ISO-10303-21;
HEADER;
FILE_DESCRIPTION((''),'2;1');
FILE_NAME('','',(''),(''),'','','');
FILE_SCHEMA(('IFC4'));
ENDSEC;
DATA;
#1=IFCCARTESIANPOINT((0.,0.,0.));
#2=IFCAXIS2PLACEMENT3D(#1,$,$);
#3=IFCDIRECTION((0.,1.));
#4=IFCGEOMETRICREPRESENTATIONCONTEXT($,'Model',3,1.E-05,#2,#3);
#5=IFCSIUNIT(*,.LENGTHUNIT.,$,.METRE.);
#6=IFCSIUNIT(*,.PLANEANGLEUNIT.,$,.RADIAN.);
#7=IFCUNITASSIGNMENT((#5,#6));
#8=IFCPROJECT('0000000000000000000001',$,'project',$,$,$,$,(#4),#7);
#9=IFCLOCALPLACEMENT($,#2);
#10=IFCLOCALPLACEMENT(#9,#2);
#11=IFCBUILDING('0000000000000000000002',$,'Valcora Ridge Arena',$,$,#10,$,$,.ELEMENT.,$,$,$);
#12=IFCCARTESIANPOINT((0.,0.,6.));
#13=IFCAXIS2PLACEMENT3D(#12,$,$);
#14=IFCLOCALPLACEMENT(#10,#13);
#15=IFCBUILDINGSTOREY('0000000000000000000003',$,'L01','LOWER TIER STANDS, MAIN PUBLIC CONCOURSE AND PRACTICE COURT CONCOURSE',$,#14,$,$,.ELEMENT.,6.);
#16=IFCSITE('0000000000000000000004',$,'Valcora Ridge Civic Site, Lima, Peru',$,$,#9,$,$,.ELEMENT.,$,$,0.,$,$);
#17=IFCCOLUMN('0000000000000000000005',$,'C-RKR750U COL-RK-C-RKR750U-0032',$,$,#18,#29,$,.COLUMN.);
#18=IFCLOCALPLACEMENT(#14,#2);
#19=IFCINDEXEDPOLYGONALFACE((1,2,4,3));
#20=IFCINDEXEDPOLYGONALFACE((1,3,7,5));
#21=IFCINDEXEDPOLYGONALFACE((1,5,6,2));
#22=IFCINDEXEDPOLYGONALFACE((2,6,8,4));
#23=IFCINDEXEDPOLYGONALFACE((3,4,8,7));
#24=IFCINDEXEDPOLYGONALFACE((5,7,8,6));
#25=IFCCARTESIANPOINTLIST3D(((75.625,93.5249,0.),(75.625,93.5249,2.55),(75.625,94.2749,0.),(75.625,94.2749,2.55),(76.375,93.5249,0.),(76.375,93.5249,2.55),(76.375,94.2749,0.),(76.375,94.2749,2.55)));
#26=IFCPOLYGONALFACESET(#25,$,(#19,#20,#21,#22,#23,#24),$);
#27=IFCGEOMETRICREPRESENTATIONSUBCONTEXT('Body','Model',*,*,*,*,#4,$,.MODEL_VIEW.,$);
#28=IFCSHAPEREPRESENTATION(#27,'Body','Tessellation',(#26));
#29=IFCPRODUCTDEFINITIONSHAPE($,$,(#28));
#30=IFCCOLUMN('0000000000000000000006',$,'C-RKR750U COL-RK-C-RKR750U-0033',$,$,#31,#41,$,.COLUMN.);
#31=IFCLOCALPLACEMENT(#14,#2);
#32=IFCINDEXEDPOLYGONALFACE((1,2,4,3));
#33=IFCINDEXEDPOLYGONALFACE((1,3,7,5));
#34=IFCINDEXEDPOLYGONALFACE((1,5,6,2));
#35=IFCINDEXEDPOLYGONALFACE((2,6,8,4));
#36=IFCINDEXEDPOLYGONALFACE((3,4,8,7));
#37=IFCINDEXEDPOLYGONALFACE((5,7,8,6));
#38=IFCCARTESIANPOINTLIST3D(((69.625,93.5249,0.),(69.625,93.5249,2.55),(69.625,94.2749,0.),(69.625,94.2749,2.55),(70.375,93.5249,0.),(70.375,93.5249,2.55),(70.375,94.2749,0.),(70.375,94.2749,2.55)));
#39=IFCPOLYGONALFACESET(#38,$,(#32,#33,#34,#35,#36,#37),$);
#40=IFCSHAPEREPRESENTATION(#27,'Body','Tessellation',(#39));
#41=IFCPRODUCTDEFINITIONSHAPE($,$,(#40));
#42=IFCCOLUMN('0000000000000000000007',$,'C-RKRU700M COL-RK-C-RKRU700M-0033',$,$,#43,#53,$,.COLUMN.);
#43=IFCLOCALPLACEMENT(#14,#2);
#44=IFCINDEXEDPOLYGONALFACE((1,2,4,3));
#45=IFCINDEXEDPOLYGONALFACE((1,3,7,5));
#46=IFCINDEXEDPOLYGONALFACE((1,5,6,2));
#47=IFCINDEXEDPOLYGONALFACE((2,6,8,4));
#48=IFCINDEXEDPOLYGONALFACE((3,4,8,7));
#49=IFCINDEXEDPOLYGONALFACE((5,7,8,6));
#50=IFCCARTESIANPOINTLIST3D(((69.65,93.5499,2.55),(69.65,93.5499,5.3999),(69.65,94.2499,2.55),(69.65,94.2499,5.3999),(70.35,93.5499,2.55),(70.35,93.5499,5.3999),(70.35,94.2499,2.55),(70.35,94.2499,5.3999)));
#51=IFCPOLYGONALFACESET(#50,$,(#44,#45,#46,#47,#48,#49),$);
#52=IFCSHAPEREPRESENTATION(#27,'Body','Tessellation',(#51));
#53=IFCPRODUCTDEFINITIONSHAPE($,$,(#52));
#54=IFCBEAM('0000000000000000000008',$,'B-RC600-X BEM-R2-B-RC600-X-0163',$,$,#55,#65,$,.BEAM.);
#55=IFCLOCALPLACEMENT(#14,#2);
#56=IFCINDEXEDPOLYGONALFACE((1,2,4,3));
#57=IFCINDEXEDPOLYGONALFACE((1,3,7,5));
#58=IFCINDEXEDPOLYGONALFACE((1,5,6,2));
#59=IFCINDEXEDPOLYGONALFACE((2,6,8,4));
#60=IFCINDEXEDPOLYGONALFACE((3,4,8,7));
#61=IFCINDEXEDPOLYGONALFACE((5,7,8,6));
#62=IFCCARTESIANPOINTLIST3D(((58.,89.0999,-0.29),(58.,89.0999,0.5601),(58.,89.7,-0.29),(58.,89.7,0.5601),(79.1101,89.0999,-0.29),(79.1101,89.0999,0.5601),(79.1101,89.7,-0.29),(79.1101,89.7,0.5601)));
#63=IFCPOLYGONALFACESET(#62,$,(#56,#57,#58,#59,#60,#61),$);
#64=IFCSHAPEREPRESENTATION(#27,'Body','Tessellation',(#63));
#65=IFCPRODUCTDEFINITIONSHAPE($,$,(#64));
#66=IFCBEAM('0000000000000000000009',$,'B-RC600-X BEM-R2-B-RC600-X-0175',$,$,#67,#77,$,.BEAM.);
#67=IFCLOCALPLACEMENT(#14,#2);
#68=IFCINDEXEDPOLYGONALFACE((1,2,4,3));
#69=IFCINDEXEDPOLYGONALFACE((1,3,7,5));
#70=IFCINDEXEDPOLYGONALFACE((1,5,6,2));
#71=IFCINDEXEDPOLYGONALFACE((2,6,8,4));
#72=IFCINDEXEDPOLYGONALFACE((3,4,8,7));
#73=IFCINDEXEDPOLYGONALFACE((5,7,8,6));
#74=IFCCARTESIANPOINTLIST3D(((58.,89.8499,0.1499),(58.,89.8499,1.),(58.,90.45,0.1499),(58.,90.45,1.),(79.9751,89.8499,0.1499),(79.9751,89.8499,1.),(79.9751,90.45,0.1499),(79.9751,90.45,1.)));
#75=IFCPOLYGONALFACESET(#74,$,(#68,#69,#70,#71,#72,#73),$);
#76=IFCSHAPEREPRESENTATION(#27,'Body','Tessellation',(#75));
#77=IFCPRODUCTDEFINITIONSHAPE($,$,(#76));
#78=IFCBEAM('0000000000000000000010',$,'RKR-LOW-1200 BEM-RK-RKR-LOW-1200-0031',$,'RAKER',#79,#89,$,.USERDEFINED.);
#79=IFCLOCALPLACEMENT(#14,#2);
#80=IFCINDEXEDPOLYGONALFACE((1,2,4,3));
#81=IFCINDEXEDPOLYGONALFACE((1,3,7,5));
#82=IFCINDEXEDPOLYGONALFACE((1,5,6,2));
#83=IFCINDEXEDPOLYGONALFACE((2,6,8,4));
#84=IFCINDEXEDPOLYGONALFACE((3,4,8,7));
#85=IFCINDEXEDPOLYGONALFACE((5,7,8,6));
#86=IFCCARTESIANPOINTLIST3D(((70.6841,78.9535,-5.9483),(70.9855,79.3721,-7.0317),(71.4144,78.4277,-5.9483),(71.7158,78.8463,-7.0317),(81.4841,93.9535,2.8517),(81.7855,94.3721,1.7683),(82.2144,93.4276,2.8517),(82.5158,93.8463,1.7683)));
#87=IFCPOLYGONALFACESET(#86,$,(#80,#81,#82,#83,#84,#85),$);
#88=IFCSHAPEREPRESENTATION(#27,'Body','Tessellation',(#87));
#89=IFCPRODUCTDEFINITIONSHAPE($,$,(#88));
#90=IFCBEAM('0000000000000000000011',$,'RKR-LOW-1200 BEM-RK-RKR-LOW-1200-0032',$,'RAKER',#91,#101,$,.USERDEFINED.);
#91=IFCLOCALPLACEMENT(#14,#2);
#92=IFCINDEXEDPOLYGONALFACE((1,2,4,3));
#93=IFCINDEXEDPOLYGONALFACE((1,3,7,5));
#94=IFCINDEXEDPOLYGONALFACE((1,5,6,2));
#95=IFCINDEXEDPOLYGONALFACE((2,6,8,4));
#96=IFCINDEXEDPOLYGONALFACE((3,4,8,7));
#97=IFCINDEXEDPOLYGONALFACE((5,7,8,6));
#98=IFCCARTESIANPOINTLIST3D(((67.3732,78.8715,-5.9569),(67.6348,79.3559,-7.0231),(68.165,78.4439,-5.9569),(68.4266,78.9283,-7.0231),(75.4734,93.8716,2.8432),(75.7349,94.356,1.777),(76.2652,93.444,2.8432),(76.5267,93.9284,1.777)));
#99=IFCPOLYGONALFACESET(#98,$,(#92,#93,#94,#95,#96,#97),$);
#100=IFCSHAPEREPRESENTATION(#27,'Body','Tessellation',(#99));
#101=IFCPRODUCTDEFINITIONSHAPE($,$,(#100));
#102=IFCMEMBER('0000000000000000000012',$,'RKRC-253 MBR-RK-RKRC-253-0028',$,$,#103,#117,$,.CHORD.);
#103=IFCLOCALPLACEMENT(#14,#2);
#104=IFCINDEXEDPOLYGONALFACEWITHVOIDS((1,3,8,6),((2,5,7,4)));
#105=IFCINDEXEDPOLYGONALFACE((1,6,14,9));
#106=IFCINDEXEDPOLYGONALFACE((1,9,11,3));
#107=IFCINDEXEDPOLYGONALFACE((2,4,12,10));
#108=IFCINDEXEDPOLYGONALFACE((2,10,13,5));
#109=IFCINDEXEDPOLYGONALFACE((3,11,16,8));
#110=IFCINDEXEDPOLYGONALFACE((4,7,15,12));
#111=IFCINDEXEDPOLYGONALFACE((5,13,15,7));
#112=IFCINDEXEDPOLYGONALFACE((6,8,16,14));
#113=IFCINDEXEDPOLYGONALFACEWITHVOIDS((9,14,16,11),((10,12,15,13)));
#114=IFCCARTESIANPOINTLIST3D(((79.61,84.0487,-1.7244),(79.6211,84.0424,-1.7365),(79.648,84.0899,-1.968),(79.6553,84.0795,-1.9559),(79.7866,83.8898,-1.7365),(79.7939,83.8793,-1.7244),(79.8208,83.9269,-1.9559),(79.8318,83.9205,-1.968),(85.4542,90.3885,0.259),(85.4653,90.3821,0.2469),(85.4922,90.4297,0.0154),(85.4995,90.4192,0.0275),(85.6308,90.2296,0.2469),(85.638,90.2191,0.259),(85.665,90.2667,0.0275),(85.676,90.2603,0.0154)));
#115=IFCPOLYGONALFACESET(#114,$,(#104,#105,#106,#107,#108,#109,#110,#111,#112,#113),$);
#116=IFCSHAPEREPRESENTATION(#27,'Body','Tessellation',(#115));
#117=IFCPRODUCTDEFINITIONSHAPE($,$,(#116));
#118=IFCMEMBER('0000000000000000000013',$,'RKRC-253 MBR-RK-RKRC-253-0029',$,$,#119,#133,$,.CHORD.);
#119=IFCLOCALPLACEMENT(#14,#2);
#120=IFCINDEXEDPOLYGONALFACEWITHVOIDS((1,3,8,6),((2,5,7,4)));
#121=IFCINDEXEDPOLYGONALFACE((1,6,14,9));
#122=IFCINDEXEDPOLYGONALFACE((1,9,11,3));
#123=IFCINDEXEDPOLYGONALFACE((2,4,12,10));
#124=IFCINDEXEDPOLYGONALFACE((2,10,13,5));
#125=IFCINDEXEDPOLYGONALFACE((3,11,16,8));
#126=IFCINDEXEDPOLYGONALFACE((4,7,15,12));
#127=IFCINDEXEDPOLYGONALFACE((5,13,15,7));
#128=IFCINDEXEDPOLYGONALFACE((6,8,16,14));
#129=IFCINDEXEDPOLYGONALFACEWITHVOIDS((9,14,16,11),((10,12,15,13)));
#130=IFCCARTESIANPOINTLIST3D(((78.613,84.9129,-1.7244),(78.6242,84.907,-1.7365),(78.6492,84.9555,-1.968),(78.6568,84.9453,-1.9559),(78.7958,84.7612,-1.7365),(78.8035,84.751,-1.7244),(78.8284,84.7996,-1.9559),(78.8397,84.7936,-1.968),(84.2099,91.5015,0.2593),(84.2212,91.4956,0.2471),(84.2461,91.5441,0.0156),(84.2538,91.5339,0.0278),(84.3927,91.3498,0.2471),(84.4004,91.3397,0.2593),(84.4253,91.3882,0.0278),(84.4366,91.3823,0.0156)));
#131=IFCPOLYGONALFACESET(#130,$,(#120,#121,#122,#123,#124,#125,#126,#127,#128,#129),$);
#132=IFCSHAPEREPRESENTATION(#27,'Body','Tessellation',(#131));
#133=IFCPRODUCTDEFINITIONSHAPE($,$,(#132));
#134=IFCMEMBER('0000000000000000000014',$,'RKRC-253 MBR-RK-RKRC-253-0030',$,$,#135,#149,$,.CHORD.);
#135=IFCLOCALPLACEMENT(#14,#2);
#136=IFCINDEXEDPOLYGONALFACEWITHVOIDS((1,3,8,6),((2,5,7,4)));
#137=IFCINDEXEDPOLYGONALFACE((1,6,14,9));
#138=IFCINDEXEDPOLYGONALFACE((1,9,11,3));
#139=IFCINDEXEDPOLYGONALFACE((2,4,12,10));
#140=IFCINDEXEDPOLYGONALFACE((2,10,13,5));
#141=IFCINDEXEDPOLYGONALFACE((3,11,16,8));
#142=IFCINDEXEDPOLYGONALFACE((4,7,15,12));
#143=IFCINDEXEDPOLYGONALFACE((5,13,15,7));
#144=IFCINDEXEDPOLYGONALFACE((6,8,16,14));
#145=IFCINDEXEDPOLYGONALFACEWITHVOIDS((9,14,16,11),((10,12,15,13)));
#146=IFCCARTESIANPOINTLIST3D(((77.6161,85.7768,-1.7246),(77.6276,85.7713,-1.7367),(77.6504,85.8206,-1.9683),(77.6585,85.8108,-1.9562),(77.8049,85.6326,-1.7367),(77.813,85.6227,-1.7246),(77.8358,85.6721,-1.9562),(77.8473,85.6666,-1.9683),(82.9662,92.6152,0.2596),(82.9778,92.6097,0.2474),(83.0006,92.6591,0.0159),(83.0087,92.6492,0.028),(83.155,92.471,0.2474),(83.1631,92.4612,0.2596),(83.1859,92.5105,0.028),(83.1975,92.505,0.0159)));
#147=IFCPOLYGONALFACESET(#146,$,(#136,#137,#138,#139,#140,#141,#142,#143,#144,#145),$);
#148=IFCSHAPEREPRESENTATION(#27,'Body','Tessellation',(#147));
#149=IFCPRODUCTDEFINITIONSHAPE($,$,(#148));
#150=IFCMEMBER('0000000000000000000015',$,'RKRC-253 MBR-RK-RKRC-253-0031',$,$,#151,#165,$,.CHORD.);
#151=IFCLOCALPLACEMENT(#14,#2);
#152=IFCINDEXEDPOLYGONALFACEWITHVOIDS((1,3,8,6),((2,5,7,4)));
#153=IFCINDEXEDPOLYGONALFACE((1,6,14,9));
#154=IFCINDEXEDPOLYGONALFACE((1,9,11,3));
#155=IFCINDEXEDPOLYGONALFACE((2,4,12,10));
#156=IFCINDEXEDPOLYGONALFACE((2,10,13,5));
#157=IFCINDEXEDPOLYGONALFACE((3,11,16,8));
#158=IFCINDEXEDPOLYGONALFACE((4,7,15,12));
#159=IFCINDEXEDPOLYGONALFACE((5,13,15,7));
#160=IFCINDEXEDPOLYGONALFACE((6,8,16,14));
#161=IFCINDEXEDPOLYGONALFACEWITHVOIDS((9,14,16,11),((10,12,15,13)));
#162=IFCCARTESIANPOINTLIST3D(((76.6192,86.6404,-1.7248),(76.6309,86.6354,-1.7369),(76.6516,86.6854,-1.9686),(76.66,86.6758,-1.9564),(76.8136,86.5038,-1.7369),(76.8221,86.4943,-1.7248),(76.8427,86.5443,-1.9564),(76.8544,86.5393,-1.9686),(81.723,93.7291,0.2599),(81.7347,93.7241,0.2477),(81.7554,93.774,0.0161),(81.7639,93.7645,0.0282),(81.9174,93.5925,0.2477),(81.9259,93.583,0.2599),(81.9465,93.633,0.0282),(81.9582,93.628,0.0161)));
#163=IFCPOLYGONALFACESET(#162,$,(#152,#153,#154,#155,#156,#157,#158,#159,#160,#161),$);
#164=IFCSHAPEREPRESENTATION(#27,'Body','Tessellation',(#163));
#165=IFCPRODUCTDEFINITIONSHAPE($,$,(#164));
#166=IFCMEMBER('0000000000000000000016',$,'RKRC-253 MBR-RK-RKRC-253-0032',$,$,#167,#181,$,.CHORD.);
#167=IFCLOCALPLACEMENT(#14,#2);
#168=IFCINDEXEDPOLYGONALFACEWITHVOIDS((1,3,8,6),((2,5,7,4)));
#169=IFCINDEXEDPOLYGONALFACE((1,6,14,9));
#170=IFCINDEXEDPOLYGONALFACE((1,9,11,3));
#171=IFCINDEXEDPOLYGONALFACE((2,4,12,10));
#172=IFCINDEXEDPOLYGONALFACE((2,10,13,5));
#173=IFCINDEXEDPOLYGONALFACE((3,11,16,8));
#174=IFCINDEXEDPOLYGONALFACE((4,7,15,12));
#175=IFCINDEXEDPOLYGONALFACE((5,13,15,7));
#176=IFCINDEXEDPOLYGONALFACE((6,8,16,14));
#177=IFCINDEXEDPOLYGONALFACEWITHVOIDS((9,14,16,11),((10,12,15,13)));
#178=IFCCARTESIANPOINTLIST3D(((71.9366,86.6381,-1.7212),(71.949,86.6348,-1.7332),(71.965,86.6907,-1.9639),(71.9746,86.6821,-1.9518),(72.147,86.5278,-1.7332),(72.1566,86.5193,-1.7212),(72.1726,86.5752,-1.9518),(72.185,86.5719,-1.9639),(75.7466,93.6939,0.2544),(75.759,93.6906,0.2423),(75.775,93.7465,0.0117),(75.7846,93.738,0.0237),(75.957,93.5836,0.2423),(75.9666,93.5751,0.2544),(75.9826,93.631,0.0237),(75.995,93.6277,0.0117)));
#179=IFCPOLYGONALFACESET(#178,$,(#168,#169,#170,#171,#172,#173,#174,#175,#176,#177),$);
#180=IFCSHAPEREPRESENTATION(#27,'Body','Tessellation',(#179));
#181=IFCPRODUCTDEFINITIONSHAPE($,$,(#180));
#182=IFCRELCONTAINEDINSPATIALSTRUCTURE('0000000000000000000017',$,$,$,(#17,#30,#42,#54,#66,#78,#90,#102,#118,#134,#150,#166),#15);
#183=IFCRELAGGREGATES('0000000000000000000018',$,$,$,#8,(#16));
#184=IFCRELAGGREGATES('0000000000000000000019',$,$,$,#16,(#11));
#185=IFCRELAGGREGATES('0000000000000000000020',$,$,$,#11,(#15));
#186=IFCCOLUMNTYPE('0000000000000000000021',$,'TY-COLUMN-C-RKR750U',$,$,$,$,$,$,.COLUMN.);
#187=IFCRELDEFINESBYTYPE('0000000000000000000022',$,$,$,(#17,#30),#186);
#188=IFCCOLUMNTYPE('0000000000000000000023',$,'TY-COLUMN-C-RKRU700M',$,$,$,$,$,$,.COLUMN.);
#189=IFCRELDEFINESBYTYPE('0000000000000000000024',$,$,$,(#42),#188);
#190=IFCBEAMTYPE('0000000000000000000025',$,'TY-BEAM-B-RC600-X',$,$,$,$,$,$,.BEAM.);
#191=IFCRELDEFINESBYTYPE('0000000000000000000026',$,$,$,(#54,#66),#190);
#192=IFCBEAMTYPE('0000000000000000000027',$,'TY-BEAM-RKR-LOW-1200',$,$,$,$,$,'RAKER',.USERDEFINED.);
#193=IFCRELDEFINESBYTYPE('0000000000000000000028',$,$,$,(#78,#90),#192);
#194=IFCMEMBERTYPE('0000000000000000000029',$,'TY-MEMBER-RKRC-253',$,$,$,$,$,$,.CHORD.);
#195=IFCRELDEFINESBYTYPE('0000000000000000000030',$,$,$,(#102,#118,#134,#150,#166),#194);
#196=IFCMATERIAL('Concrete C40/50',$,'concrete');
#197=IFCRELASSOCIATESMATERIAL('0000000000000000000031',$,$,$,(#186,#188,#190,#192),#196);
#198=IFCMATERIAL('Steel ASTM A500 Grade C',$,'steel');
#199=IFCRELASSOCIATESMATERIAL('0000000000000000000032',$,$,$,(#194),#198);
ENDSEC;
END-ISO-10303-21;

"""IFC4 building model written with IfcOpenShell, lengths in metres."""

from ifc_helpers import new_model, si_unit, direction, frame, origin, origin_2d, place, context, subcontext, project, spatial, rectangle, hollow_rectangle, extrude, material, material_profile, profile_set, type_object, element, save


model = new_model("IFC4")

# Units and contexts
model_context = context("Model", 3, precision=1e-05, world=origin(), true_north=direction((0.0, 1.0)))
body_context = subcontext(model_context, "Body", "Model", "MODEL_VIEW")
ifc_project = project(units=[si_unit("LENGTHUNIT", "METRE"), si_unit("PLANEANGLEUNIT", "RADIAN")], contexts=[model_context])

# Site, building, storey
site_placement = place(None, origin())
site = spatial("IfcSite", under=ifc_project, at=site_placement, Name="Valcora Ridge Civic Site, Lima, Peru", CompositionType="ELEMENT", RefElevation=0.0)
building_placement = place(site_placement, origin())
building = spatial("IfcBuilding", under=site, at=building_placement, Name="Valcora Ridge Arena", CompositionType="ELEMENT")
storey_placement = place(building_placement, frame((0.0, 0.0, 6.0)))
storey = spatial("IfcBuildingStorey", under=building, at=storey_placement, Name="L01", Description="LOWER TIER STANDS, MAIN PUBLIC CONCOURSE AND PRACTICE COURT CONCOURSE", CompositionType="ELEMENT", Elevation=6.0)

# Columns
ifc_material_1 = material(Name="Concrete C40/50", Category="concrete")
ifc_material_profile_1 = material_profile(ifc_material_1, rectangle(XDim=0.75, YDim=0.75, at=origin_2d()), Name="RC 750x750")
ifc_profile_set_1 = profile_set([ifc_material_profile_1], Name="Concrete C40/50")
column_type_1 = type_object("IfcColumnType", Name="TY-COLUMN-C-RKR750U", PredefinedType="COLUMN", material=ifc_profile_set_1)
for number, where, z_axis, x_axis, name in (
    (1, (76.0, 93.8999, 0.0), (0.0, 0.0, 1.0), (1.0, 0.0, 0.0), "C-RKR750U COL-RK-C-RKR750U-0032"),
    (2, (70.0, 93.8999, 0.0), (0.0, 0.0, 1.0), (1.0, 0.0, 0.0), "C-RKR750U COL-RK-C-RKR750U-0033"),
):
    element("IfcColumn", number, at=place(storey_placement, frame(where, z_axis=z_axis, x_axis=x_axis)), inside=storey, type_object=column_type_1, Name=name, PredefinedType="COLUMN", context=body_context, shape_type="SweptSolid", body=[
        extrude(rectangle(XDim=0.75, YDim=0.75, at=origin_2d()), origin(), (0.0, 0.0, 1.0), 2.55),
    ])
ifc_material_profile_2 = material_profile(ifc_material_1, rectangle(XDim=0.7, YDim=0.7, at=origin_2d()), Name="RC 700x700")
ifc_profile_set_2 = profile_set([ifc_material_profile_2], Name="Concrete C40/50")
column_type_2 = type_object("IfcColumnType", Name="TY-COLUMN-C-RKRU700M", PredefinedType="COLUMN", material=ifc_profile_set_2)
column_placement = place(storey_placement, frame((70.0, 93.8999, 2.55), z_axis=(0.0, 0.0, 1.0), x_axis=(1.0, 0.0, 0.0)))
element("IfcColumn", 3, at=column_placement, inside=storey, type_object=column_type_2, Name="C-RKRU700M COL-RK-C-RKRU700M-0033", PredefinedType="COLUMN", context=body_context, shape_type="SweptSolid", body=[
    extrude(rectangle(XDim=0.7, YDim=0.7, at=origin_2d()), origin(), (0.0, 0.0, 1.0), 2.8499),
])

# Beams
ifc_material_profile_3 = material_profile(ifc_material_1, rectangle(XDim=0.6001, YDim=0.8501, at=origin_2d()), Name="RC 600x850")
ifc_profile_set_3 = profile_set([ifc_material_profile_3], Name="Concrete C40/50")
beam_type_1 = type_object("IfcBeamType", Name="TY-BEAM-B-RC600-X", PredefinedType="BEAM", material=ifc_profile_set_3)
beam_1_placement = place(storey_placement, frame((79.1101, 89.3999, 0.135), z_axis=(-1.0, 0.0, 0.0), x_axis=(0.0, -1.0, 0.0)))
element("IfcBeam", 4, at=beam_1_placement, inside=storey, type_object=beam_type_1, Name="B-RC600-X BEM-R2-B-RC600-X-0163", PredefinedType="BEAM", context=body_context, shape_type="SweptSolid", body=[
    extrude(rectangle(XDim=0.6001, YDim=0.8501, at=origin_2d()), origin(), (0.0, 0.0, 1.0), 21.1101),
])
beam_2_placement = place(storey_placement, frame((79.9751, 90.1499, 0.575), z_axis=(-1.0, 0.0, 0.0), x_axis=(0.0, -1.0, 0.0)))
element("IfcBeam", 5, at=beam_2_placement, inside=storey, type_object=beam_type_1, Name="B-RC600-X BEM-R2-B-RC600-X-0175", PredefinedType="BEAM", context=body_context, shape_type="SweptSolid", body=[
    extrude(rectangle(XDim=0.6001, YDim=0.8501, at=origin_2d()), origin(), (0.0, 0.0, 1.0), 21.9751),
])
ifc_material_profile_4 = material_profile(ifc_material_1, rectangle(XDim=0.8999, YDim=1.2, at=origin_2d()), Name="RC 900x1200")
ifc_profile_set_4 = profile_set([ifc_material_profile_4], Name="Concrete C40/50")
beam_type_2 = type_object("IfcBeamType", Name="TY-BEAM-RKR-LOW-1200", ElementType="RAKER", PredefinedType="USERDEFINED", material=ifc_profile_set_4)
beam_3_placement = place(storey_placement, frame((71.2, 78.8999, -6.49), z_axis=(0.527565, 0.732726, 0.429869), x_axis=(-0.811533, 0.584306, 0.0)))
element("IfcBeam", 6, at=beam_3_placement, inside=storey, type_object=beam_type_2, Name="RKR-LOW-1200 BEM-RK-RKR-LOW-1200-0031", ObjectType="RAKER", PredefinedType="USERDEFINED", context=body_context, shape_type="SweptSolid", body=[
    extrude(rectangle(XDim=0.8999, YDim=1.2, at=origin_2d()), origin(), (0.0, 0.0, 1.0), 20.4714),
])
beam_4_placement = place(storey_placement, frame((67.8999, 78.8999, -6.49), z_axis=(0.422217, 0.781873, 0.458702), x_axis=(-0.879903, 0.475153, 0.0)))
element("IfcBeam", 7, at=beam_4_placement, inside=storey, type_object=beam_type_2, Name="RKR-LOW-1200 BEM-RK-RKR-LOW-1200-0032", ObjectType="RAKER", PredefinedType="USERDEFINED", context=body_context, shape_type="SweptSolid", body=[
    extrude(rectangle(XDim=0.8999, YDim=1.2, at=origin_2d()), origin(), (0.0, 0.0, 1.0), 19.1848),
])

# Members
ifc_material_2 = material(Name="Steel ASTM A500 Grade C", Category="steel")
ifc_material_profile_5 = material_profile(ifc_material_2, hollow_rectangle(XDim=0.25, YDim=0.25, WallThickness=0.0125, at=origin_2d()), Name="HSS250X250X12")
ifc_profile_set_5 = profile_set([ifc_material_profile_5], Name="Steel ASTM A500 Grade C")
member_type_1 = type_object("IfcMemberType", Name="TY-MEMBER-RKRC-253", PredefinedType="CHORD", material=ifc_profile_set_5)
member_1_placement = place(storey_placement, frame((79.7209, 83.9846, -1.8462), z_axis=(0.660534, 0.716549, 0.22417), x_axis=(-0.735261, 0.677784, 0.0)))
element("IfcMember", 8, at=member_1_placement, inside=storey, type_object=member_type_1, Name="RKRC-253 MBR-RK-RKRC-253-0028", PredefinedType="CHORD", context=body_context, shape_type="SweptSolid", body=[
    extrude(hollow_rectangle(XDim=0.25, YDim=0.25, WallThickness=0.0125, at=origin_2d()), origin(), (0.0, 0.0, 1.0), 8.8477),
])
member_2_placement = place(storey_placement, frame((78.7263, 84.8533, -1.8462), z_axis=(0.631021, 0.742829, 0.223644), x_axis=(-0.762134, 0.64742, 0.0)))
element("IfcMember", 9, at=member_2_placement, inside=storey, type_object=member_type_1, Name="RKRC-253 MBR-RK-RKRC-253-0029", PredefinedType="CHORD", context=body_context, shape_type="SweptSolid", body=[
    extrude(hollow_rectangle(XDim=0.25, YDim=0.25, WallThickness=0.0125, at=origin_2d()), origin(), (0.0, 0.0, 1.0), 8.8696),
])
member_3_placement = place(storey_placement, frame((77.7317, 85.7217, -1.8464), z_axis=(0.600703, 0.767806, 0.222776), x_axis=(-0.787599, 0.616188, 0.0)))
element("IfcMember", 10, at=member_3_placement, inside=storey, type_object=member_type_1, Name="RKRC-253 MBR-RK-RKRC-253-0030", PredefinedType="CHORD", context=body_context, shape_type="SweptSolid", body=[
    extrude(hollow_rectangle(XDim=0.25, YDim=0.25, WallThickness=0.0125, at=origin_2d()), origin(), (0.0, 0.0, 1.0), 8.9065),
])
member_4_placement = place(storey_placement, frame((76.7368, 86.5898, -1.8467), z_axis=(0.569779, 0.791367, 0.221561), x_axis=(-0.811537, 0.584301, 0.0)))
element("IfcMember", 11, at=member_4_placement, inside=storey, type_object=member_type_1, Name="RKRC-253 MBR-RK-RKRC-253-0031", PredefinedType="CHORD", context=body_context, shape_type="SweptSolid", body=[
    extrude(hollow_rectangle(XDim=0.25, YDim=0.25, WallThickness=0.0125, at=origin_2d()), origin(), (0.0, 0.0, 1.0), 8.9575),
])
member_5_placement = place(storey_placement, frame((72.0608, 86.605, -1.8425), z_axis=(0.461341, 0.854366, 0.239214), x_axis=(-0.879912, 0.475136, 0.0)))
element("IfcMember", 12, at=member_5_placement, inside=storey, type_object=member_type_1, Name="RKRC-253 MBR-RK-RKRC-253-0032", PredefinedType="CHORD", context=body_context, shape_type="SweptSolid", body=[
    extrude(hollow_rectangle(XDim=0.25, YDim=0.25, WallThickness=0.0125, at=origin_2d()), origin(), (0.0, 0.0, 1.0), 8.2585),
])

save(model, "model.ifc")
